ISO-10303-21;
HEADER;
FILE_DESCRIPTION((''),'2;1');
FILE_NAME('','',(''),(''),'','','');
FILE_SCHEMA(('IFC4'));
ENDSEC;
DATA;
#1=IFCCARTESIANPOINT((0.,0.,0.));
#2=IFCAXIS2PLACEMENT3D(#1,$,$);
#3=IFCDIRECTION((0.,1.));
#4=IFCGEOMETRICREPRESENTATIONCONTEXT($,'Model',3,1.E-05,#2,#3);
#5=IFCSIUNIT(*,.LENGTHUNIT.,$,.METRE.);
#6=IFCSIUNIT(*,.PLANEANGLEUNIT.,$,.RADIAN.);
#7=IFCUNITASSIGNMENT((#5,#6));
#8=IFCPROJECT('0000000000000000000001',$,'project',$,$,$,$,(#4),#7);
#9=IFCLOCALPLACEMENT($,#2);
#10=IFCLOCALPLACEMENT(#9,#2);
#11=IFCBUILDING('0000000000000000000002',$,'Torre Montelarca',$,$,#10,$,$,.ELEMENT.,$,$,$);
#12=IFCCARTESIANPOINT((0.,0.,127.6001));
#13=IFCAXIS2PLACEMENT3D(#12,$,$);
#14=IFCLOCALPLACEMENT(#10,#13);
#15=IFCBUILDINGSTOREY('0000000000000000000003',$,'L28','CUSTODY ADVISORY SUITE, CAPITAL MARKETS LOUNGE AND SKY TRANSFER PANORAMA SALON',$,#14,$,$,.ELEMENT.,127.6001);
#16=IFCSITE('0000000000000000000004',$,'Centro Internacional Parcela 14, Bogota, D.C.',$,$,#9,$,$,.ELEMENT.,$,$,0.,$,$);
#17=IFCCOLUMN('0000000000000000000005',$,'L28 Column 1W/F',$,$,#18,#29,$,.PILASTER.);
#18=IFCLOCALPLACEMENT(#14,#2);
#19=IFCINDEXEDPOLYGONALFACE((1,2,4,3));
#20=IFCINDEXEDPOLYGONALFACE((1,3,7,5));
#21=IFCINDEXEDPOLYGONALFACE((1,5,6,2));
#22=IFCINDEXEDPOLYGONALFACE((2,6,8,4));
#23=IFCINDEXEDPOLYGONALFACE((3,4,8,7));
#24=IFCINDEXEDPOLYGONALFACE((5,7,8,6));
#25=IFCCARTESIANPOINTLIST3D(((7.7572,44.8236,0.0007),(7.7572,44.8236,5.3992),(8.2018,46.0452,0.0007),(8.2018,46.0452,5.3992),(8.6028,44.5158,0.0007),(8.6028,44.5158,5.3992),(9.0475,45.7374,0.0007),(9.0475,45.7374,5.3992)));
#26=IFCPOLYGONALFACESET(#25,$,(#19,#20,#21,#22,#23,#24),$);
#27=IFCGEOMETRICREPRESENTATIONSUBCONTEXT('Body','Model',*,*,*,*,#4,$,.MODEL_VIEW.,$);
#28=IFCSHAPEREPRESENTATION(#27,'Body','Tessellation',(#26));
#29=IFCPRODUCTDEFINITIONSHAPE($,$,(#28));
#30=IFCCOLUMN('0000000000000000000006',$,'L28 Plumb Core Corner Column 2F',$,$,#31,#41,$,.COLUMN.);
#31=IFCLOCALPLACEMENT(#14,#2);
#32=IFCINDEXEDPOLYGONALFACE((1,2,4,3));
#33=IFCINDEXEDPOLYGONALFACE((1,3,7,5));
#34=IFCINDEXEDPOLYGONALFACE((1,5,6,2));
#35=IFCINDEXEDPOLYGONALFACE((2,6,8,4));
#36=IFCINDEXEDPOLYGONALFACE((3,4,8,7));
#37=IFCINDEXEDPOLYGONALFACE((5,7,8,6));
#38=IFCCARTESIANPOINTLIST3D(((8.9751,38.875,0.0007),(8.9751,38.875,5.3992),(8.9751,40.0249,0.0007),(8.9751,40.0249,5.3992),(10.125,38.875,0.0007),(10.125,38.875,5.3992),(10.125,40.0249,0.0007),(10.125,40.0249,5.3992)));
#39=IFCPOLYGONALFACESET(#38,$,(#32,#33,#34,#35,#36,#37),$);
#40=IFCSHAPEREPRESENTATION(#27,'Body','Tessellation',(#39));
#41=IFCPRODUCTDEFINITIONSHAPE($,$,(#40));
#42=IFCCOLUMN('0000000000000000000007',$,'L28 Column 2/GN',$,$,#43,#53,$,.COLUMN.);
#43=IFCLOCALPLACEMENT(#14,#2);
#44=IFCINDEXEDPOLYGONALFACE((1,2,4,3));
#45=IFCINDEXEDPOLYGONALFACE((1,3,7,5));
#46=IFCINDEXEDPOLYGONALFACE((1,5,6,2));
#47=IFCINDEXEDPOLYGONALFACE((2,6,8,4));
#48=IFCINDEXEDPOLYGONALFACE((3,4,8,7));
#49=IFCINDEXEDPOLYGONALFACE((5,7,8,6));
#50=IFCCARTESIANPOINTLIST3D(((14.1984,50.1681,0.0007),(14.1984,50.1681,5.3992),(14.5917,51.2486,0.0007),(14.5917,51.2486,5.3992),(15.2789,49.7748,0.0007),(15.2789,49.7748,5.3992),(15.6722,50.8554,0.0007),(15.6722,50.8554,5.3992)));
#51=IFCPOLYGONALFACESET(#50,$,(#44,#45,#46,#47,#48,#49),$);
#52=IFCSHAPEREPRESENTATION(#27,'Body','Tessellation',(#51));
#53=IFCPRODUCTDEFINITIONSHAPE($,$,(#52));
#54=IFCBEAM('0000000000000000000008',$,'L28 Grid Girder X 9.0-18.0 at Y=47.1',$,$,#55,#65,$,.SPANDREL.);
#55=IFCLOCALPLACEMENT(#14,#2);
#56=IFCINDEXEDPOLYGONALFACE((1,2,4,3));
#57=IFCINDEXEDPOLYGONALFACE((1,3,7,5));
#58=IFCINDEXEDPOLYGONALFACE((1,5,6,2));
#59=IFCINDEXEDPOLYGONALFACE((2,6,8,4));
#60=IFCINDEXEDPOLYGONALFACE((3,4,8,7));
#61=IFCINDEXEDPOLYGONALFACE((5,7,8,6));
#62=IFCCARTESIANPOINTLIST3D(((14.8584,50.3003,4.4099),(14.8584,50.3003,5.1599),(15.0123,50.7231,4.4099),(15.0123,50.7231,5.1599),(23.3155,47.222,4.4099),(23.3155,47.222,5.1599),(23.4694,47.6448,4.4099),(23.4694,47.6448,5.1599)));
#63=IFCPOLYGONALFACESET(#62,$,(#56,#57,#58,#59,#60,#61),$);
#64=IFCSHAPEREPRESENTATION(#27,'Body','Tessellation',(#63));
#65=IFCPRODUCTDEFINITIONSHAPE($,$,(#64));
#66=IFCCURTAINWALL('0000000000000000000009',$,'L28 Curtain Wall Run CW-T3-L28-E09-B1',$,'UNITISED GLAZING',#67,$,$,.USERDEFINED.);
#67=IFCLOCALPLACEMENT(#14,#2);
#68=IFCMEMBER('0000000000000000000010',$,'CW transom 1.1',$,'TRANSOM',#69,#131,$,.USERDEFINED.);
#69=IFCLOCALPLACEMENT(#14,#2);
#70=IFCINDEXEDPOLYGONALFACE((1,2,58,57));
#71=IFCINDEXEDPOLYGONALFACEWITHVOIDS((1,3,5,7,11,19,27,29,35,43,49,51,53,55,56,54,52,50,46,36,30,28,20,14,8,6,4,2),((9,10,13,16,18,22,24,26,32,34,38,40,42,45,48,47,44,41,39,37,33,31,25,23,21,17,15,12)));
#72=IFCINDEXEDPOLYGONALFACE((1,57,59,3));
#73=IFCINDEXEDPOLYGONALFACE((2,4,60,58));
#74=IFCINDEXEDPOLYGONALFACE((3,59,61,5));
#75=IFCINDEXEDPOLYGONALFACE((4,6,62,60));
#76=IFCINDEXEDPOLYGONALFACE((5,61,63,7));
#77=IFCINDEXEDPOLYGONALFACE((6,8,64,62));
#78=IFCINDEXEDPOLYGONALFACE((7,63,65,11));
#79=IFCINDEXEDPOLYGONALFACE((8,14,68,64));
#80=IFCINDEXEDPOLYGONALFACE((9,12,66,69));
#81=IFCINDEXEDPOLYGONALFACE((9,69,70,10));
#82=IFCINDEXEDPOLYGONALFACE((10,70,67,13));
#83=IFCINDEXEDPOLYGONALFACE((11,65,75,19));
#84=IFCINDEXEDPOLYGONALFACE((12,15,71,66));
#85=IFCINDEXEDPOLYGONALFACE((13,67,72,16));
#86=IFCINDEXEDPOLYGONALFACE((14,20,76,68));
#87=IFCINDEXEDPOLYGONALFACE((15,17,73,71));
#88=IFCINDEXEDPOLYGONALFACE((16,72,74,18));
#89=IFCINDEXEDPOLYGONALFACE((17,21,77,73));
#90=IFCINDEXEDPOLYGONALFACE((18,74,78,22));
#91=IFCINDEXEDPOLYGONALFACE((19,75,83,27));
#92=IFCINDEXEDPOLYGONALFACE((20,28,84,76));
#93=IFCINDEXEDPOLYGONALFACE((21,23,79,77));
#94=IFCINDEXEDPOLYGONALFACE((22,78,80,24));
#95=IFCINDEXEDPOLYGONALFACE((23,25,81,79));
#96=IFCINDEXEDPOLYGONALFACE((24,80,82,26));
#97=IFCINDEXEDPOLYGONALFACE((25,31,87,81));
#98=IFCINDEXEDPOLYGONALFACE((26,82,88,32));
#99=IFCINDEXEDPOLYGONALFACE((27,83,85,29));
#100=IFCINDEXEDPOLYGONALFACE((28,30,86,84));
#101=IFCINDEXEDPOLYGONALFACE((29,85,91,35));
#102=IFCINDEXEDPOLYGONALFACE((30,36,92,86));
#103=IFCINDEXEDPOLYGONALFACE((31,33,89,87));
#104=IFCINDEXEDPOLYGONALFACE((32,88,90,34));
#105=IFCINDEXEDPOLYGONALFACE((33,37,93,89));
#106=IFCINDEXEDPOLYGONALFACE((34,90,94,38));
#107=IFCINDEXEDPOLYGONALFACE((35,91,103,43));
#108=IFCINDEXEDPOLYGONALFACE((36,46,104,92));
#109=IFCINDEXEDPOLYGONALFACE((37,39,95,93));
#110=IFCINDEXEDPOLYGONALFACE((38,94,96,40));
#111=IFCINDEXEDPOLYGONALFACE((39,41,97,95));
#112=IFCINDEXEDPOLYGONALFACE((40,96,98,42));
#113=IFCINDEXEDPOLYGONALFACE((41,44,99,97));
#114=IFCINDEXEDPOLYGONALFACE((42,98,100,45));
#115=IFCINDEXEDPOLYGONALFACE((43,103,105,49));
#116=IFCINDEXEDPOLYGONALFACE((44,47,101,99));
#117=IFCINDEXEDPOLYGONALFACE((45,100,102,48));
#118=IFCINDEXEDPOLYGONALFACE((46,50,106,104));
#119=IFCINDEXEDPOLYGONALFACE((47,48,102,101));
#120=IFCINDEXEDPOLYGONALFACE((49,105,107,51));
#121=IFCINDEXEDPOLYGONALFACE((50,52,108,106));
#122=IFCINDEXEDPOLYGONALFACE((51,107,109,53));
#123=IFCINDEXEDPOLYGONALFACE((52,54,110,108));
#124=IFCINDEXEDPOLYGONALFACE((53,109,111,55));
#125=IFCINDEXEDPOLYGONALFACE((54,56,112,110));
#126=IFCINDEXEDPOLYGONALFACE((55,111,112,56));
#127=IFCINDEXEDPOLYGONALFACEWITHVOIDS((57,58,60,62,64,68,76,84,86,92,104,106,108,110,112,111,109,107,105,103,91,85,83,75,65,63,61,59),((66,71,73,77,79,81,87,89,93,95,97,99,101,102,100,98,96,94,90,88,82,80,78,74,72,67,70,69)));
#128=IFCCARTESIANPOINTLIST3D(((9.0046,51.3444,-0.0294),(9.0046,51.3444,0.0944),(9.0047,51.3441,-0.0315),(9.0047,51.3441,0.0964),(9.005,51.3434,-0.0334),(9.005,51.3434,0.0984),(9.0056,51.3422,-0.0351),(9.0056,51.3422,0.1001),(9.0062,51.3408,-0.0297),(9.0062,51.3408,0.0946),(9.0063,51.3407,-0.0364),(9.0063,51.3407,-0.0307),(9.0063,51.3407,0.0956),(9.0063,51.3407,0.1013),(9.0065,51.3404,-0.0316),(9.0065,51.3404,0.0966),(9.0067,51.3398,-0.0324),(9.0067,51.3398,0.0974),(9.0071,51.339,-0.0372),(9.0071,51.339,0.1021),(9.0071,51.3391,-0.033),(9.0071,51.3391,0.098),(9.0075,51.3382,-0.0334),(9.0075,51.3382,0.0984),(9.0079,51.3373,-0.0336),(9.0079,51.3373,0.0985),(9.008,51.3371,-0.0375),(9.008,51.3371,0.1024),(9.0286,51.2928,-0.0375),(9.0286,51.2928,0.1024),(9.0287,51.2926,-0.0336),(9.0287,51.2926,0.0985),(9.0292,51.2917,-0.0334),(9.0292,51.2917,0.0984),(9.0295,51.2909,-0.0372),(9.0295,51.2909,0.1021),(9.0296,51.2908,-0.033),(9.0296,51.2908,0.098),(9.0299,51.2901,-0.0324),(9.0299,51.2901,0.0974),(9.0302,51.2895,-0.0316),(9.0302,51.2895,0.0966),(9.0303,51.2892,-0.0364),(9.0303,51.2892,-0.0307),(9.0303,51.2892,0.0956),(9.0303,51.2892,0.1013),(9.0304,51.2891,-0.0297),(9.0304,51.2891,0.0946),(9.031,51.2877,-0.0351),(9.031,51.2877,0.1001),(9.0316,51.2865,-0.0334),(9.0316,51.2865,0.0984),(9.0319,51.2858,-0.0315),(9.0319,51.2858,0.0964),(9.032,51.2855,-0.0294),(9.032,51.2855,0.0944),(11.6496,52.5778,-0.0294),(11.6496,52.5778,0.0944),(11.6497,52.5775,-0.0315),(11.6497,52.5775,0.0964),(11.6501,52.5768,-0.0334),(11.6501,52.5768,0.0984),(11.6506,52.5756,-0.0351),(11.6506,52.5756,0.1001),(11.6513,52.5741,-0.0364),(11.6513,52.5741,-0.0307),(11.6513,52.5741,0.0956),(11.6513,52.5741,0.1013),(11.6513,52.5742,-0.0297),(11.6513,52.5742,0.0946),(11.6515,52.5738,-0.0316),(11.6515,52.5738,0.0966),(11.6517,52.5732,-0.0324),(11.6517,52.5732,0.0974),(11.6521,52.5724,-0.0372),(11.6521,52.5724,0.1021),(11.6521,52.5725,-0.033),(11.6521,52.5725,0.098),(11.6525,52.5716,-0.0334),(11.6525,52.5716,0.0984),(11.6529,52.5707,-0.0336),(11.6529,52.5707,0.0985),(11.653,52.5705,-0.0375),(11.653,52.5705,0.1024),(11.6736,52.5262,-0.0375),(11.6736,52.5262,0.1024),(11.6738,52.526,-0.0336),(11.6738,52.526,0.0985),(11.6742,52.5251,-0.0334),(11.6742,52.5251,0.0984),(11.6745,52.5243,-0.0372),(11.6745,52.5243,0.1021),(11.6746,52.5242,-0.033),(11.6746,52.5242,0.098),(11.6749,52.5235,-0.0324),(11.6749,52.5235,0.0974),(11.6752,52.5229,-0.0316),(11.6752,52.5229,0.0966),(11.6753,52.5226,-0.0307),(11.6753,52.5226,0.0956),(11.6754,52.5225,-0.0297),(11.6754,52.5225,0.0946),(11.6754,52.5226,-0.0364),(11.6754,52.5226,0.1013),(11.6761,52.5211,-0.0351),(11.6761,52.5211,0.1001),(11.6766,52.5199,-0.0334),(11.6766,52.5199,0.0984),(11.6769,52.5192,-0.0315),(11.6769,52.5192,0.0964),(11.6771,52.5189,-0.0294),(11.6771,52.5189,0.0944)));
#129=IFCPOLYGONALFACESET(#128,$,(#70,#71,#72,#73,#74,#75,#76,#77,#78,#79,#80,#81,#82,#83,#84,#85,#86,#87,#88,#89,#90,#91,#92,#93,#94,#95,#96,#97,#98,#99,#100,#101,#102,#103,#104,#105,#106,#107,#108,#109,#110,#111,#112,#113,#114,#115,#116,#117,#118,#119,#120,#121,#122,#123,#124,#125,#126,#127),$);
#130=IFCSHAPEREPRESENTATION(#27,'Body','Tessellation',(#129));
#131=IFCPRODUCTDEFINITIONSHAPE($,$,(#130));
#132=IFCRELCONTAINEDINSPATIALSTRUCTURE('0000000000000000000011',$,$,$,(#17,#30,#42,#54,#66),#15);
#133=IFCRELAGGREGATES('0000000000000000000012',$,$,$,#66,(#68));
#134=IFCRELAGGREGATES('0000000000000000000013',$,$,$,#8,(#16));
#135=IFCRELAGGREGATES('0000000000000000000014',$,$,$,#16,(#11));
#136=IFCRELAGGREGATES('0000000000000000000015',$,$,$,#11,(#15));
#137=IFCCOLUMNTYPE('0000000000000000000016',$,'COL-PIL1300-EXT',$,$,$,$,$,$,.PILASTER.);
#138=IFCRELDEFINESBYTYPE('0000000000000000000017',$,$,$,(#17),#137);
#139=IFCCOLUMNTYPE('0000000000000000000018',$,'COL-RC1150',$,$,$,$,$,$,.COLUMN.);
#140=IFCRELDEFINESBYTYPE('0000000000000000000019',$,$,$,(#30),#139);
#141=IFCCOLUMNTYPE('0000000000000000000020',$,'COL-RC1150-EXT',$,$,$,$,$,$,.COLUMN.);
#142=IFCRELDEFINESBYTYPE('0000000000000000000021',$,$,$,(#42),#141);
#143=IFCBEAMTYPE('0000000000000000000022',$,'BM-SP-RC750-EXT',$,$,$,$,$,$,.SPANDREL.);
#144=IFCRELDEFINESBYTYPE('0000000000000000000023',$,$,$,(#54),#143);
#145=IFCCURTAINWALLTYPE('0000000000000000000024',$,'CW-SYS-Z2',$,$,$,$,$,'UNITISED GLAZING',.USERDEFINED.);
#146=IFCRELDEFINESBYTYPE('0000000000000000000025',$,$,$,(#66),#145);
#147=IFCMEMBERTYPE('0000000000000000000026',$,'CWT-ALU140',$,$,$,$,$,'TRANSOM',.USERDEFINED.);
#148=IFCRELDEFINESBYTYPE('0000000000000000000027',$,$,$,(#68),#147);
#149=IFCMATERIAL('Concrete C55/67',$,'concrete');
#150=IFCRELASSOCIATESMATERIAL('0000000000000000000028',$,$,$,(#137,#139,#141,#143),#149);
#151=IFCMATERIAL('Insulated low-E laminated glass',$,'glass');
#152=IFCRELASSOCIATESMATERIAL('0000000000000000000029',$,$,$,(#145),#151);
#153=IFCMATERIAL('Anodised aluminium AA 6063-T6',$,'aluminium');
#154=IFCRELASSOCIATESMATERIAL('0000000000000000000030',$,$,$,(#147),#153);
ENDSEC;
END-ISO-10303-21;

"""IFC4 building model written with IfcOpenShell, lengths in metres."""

from ifc_helpers import new_model, si_unit, direction, frame, origin, origin_2d, place, context, subcontext, project, spatial, rectangle, hollow_rectangle, extrude, source, transform, mapped, material, material_profile, profile_set, type_object, element, aggregate, save


model = new_model("IFC4")

# Units and contexts
model_context = context("Model", 3, precision=1e-05, world=origin(), true_north=direction((0.0, 1.0)))
body_context = subcontext(model_context, "Body", "Model", "MODEL_VIEW")
ifc_project = project(units=[si_unit("LENGTHUNIT", "METRE"), si_unit("PLANEANGLEUNIT", "RADIAN")], contexts=[model_context])

# Site, building, storey
site_placement = place(None, origin())
site = spatial("IfcSite", under=ifc_project, at=site_placement, Name="Centro Internacional Parcela 14, Bogota, D.C.", CompositionType="ELEMENT", RefElevation=0.0)
building_placement = place(site_placement, origin())
building = spatial("IfcBuilding", under=site, at=building_placement, Name="Torre Montelarca", CompositionType="ELEMENT")
storey_placement = place(building_placement, frame((0.0, 0.0, 127.6001)))
storey = spatial("IfcBuildingStorey", under=building, at=storey_placement, Name="L28", Description="CUSTODY ADVISORY SUITE, CAPITAL MARKETS LOUNGE AND SKY TRANSFER PANORAMA SALON", CompositionType="ELEMENT", Elevation=127.6001)

# Columns
ifc_material_1 = material(Name="Concrete C55/67", Category="concrete")
ifc_material_profile_1 = material_profile(ifc_material_1, rectangle(XDim=0.8999, YDim=1.3, at=origin_2d()), Name="RC1300X900", Category="concrete")
ifc_profile_set_1 = profile_set([ifc_material_profile_1], Name="Concrete C55/67")
column_type_1 = type_object("IfcColumnType", Name="COL-PIL1300-EXT", PredefinedType="PILASTER", material=ifc_profile_set_1)
shared_shape_1 = source(origin(), body_context, "Body", "SweptSolid", [
    extrude(rectangle(XDim=0.8999, YDim=1.3, at=origin_2d()), origin(), (0.0, 0.0, 1.0), 5.3984),
])
column_1_placement = place(storey_placement, frame((8.4023, 45.2805, 0.0007), z_axis=(0.0, 0.0, 1.0), x_axis=(-0.939693, 0.34202, 0.0)))
element("IfcColumn", 1, at=column_1_placement, inside=storey, type_object=column_type_1, Name="L28 Column 1W/F", PredefinedType="PILASTER", context=body_context, shape_type="MappedRepresentation", body=[
    mapped(shared_shape_1, transform((0.0, 0.0, 0.0), scale=1.0)),
])
ifc_material_profile_2 = material_profile(ifc_material_1, rectangle(XDim=1.1499, YDim=1.1499, at=origin_2d()), Name="RC1150X1150", Category="concrete")
ifc_profile_set_2 = profile_set([ifc_material_profile_2], Name="Concrete C55/67")
column_type_2 = type_object("IfcColumnType", Name="COL-RC1150", PredefinedType="COLUMN", material=ifc_profile_set_2)
shared_shape_2 = source(origin(), body_context, "Body", "SweptSolid", [
    extrude(rectangle(XDim=1.1499, YDim=1.1499, at=origin_2d()), origin(), (0.0, 0.0, 1.0), 5.3984),
])
column_2_placement = place(storey_placement, frame((9.55, 39.45, 0.0007), z_axis=(0.0, 0.0, 1.0), x_axis=(1.0, 0.0, 0.0)))
element("IfcColumn", 2, at=column_2_placement, inside=storey, type_object=column_type_2, Name="L28 Plumb Core Corner Column 2F", PredefinedType="COLUMN", context=body_context, shape_type="MappedRepresentation", body=[
    mapped(shared_shape_2, transform((0.0, 0.0, 0.0), scale=1.0)),
])
ifc_material_profile_3 = material_profile(ifc_material_1, rectangle(XDim=1.1499, YDim=1.1499, at=origin_2d()), Name="RC1150X1150", Category="concrete")
ifc_profile_set_3 = profile_set([ifc_material_profile_3], Name="Concrete C55/67")
column_type_3 = type_object("IfcColumnType", Name="COL-RC1150-EXT", PredefinedType="COLUMN", material=ifc_profile_set_3)
shared_shape_3 = source(origin(), body_context, "Body", "SweptSolid", [
    extrude(rectangle(XDim=1.1499, YDim=1.1499, at=origin_2d()), origin(), (0.0, 0.0, 1.0), 5.3984),
])
column_3_placement = place(storey_placement, frame((14.9353, 50.5117, 0.0007), z_axis=(0.0, 0.0, 1.0), x_axis=(-0.939693, 0.34202, 0.0)))
element("IfcColumn", 3, at=column_3_placement, inside=storey, type_object=column_type_3, Name="L28 Column 2/GN", PredefinedType="COLUMN", context=body_context, shape_type="MappedRepresentation", body=[
    mapped(shared_shape_3, transform((0.0, 0.0, 0.0), scale=1.0)),
])

# Beam
ifc_material_profile_4 = material_profile(ifc_material_1, rectangle(XDim=0.45, YDim=0.75, at=origin_2d()), Name="RCB450X750", Category="concrete")
ifc_profile_set_4 = profile_set([ifc_material_profile_4], Name="Concrete C55/67")
beam_type = type_object("IfcBeamType", Name="BM-SP-RC750-EXT", PredefinedType="SPANDREL", material=ifc_profile_set_4)
shared_shape_4 = source(origin(), body_context, "Body", "SweptSolid", [
    extrude(rectangle(XDim=0.45, YDim=0.75, at=origin_2d()), origin(), (0.0, 0.0, 1.0), 9.0),
])
beam_placement = place(storey_placement, frame((14.9353, 50.5117, 4.7849), z_axis=(0.939686, -0.342037, 0.0), x_axis=(0.342037, 0.939686, 0.0)))
element("IfcBeam", 4, at=beam_placement, inside=storey, type_object=beam_type, Name="L28 Grid Girder X 9.0-18.0 at Y=47.1", PredefinedType="SPANDREL", context=body_context, shape_type="MappedRepresentation", body=[
    mapped(shared_shape_4, transform((0.0, 0.0, 0.0), scale=1.0)),
])

# Curtain wall, member
ifc_material_2 = material(Name="Insulated low-E laminated glass", Category="glass")
curtain_wall_type = type_object("IfcCurtainWallType", Name="CW-SYS-Z2", ElementType="UNITISED GLAZING", PredefinedType="USERDEFINED", material=ifc_material_2)
curtain_wall_1_placement = place(storey_placement, origin())
curtain_wall_1 = element("IfcCurtainWall", 5, at=curtain_wall_1_placement, inside=storey, type_object=curtain_wall_type, Name="L28 Curtain Wall Run CW-T3-L28-E09-B1", ObjectType="UNITISED GLAZING", PredefinedType="USERDEFINED")
ifc_material_3 = material(Name="Anodised aluminium AA 6063-T6", Category="aluminium")
ifc_material_profile_5 = material_profile(ifc_material_3, hollow_rectangle(XDim=0.0649, YDim=0.1399, WallThickness=0.0039, InnerFilletRadius=0.0039, OuterFilletRadius=0.0081, at=origin_2d()), Name="ALU65X140X4", Category="aluminium")
ifc_profile_set_5 = profile_set([ifc_material_profile_5], Name="Anodised aluminium AA 6063-T6")
member_type_1 = type_object("IfcMemberType", Name="CWT-ALU140", ElementType="TRANSOM", PredefinedType="USERDEFINED", material=ifc_profile_set_5)
shared_shape_5 = source(origin(), body_context, "Body", "SweptSolid", [
    extrude(hollow_rectangle(XDim=0.0649, YDim=0.1399, WallThickness=0.0039, InnerFilletRadius=0.0039, OuterFilletRadius=0.0081, at=origin_2d()), origin(), (0.0, 0.0, 1.0), 2.9185),
])
member_1_placement = place(storey_placement, frame((11.6633, 52.5483, 0.0325), z_axis=(-0.906307, -0.42262, 0.0), x_axis=(0.42262, -0.906307, 0.0)))
member_1 = element("IfcMember", 6, at=member_1_placement, type_object=member_type_1, Name="CW transom 1.1", ObjectType="TRANSOM", PredefinedType="USERDEFINED", context=body_context, shape_type="MappedRepresentation", body=[
    mapped(shared_shape_5, transform((0.0, 0.0, 0.0), scale=1.0)),
])

aggregate(curtain_wall_1, [member_1])

save(model, "model.ifc")
